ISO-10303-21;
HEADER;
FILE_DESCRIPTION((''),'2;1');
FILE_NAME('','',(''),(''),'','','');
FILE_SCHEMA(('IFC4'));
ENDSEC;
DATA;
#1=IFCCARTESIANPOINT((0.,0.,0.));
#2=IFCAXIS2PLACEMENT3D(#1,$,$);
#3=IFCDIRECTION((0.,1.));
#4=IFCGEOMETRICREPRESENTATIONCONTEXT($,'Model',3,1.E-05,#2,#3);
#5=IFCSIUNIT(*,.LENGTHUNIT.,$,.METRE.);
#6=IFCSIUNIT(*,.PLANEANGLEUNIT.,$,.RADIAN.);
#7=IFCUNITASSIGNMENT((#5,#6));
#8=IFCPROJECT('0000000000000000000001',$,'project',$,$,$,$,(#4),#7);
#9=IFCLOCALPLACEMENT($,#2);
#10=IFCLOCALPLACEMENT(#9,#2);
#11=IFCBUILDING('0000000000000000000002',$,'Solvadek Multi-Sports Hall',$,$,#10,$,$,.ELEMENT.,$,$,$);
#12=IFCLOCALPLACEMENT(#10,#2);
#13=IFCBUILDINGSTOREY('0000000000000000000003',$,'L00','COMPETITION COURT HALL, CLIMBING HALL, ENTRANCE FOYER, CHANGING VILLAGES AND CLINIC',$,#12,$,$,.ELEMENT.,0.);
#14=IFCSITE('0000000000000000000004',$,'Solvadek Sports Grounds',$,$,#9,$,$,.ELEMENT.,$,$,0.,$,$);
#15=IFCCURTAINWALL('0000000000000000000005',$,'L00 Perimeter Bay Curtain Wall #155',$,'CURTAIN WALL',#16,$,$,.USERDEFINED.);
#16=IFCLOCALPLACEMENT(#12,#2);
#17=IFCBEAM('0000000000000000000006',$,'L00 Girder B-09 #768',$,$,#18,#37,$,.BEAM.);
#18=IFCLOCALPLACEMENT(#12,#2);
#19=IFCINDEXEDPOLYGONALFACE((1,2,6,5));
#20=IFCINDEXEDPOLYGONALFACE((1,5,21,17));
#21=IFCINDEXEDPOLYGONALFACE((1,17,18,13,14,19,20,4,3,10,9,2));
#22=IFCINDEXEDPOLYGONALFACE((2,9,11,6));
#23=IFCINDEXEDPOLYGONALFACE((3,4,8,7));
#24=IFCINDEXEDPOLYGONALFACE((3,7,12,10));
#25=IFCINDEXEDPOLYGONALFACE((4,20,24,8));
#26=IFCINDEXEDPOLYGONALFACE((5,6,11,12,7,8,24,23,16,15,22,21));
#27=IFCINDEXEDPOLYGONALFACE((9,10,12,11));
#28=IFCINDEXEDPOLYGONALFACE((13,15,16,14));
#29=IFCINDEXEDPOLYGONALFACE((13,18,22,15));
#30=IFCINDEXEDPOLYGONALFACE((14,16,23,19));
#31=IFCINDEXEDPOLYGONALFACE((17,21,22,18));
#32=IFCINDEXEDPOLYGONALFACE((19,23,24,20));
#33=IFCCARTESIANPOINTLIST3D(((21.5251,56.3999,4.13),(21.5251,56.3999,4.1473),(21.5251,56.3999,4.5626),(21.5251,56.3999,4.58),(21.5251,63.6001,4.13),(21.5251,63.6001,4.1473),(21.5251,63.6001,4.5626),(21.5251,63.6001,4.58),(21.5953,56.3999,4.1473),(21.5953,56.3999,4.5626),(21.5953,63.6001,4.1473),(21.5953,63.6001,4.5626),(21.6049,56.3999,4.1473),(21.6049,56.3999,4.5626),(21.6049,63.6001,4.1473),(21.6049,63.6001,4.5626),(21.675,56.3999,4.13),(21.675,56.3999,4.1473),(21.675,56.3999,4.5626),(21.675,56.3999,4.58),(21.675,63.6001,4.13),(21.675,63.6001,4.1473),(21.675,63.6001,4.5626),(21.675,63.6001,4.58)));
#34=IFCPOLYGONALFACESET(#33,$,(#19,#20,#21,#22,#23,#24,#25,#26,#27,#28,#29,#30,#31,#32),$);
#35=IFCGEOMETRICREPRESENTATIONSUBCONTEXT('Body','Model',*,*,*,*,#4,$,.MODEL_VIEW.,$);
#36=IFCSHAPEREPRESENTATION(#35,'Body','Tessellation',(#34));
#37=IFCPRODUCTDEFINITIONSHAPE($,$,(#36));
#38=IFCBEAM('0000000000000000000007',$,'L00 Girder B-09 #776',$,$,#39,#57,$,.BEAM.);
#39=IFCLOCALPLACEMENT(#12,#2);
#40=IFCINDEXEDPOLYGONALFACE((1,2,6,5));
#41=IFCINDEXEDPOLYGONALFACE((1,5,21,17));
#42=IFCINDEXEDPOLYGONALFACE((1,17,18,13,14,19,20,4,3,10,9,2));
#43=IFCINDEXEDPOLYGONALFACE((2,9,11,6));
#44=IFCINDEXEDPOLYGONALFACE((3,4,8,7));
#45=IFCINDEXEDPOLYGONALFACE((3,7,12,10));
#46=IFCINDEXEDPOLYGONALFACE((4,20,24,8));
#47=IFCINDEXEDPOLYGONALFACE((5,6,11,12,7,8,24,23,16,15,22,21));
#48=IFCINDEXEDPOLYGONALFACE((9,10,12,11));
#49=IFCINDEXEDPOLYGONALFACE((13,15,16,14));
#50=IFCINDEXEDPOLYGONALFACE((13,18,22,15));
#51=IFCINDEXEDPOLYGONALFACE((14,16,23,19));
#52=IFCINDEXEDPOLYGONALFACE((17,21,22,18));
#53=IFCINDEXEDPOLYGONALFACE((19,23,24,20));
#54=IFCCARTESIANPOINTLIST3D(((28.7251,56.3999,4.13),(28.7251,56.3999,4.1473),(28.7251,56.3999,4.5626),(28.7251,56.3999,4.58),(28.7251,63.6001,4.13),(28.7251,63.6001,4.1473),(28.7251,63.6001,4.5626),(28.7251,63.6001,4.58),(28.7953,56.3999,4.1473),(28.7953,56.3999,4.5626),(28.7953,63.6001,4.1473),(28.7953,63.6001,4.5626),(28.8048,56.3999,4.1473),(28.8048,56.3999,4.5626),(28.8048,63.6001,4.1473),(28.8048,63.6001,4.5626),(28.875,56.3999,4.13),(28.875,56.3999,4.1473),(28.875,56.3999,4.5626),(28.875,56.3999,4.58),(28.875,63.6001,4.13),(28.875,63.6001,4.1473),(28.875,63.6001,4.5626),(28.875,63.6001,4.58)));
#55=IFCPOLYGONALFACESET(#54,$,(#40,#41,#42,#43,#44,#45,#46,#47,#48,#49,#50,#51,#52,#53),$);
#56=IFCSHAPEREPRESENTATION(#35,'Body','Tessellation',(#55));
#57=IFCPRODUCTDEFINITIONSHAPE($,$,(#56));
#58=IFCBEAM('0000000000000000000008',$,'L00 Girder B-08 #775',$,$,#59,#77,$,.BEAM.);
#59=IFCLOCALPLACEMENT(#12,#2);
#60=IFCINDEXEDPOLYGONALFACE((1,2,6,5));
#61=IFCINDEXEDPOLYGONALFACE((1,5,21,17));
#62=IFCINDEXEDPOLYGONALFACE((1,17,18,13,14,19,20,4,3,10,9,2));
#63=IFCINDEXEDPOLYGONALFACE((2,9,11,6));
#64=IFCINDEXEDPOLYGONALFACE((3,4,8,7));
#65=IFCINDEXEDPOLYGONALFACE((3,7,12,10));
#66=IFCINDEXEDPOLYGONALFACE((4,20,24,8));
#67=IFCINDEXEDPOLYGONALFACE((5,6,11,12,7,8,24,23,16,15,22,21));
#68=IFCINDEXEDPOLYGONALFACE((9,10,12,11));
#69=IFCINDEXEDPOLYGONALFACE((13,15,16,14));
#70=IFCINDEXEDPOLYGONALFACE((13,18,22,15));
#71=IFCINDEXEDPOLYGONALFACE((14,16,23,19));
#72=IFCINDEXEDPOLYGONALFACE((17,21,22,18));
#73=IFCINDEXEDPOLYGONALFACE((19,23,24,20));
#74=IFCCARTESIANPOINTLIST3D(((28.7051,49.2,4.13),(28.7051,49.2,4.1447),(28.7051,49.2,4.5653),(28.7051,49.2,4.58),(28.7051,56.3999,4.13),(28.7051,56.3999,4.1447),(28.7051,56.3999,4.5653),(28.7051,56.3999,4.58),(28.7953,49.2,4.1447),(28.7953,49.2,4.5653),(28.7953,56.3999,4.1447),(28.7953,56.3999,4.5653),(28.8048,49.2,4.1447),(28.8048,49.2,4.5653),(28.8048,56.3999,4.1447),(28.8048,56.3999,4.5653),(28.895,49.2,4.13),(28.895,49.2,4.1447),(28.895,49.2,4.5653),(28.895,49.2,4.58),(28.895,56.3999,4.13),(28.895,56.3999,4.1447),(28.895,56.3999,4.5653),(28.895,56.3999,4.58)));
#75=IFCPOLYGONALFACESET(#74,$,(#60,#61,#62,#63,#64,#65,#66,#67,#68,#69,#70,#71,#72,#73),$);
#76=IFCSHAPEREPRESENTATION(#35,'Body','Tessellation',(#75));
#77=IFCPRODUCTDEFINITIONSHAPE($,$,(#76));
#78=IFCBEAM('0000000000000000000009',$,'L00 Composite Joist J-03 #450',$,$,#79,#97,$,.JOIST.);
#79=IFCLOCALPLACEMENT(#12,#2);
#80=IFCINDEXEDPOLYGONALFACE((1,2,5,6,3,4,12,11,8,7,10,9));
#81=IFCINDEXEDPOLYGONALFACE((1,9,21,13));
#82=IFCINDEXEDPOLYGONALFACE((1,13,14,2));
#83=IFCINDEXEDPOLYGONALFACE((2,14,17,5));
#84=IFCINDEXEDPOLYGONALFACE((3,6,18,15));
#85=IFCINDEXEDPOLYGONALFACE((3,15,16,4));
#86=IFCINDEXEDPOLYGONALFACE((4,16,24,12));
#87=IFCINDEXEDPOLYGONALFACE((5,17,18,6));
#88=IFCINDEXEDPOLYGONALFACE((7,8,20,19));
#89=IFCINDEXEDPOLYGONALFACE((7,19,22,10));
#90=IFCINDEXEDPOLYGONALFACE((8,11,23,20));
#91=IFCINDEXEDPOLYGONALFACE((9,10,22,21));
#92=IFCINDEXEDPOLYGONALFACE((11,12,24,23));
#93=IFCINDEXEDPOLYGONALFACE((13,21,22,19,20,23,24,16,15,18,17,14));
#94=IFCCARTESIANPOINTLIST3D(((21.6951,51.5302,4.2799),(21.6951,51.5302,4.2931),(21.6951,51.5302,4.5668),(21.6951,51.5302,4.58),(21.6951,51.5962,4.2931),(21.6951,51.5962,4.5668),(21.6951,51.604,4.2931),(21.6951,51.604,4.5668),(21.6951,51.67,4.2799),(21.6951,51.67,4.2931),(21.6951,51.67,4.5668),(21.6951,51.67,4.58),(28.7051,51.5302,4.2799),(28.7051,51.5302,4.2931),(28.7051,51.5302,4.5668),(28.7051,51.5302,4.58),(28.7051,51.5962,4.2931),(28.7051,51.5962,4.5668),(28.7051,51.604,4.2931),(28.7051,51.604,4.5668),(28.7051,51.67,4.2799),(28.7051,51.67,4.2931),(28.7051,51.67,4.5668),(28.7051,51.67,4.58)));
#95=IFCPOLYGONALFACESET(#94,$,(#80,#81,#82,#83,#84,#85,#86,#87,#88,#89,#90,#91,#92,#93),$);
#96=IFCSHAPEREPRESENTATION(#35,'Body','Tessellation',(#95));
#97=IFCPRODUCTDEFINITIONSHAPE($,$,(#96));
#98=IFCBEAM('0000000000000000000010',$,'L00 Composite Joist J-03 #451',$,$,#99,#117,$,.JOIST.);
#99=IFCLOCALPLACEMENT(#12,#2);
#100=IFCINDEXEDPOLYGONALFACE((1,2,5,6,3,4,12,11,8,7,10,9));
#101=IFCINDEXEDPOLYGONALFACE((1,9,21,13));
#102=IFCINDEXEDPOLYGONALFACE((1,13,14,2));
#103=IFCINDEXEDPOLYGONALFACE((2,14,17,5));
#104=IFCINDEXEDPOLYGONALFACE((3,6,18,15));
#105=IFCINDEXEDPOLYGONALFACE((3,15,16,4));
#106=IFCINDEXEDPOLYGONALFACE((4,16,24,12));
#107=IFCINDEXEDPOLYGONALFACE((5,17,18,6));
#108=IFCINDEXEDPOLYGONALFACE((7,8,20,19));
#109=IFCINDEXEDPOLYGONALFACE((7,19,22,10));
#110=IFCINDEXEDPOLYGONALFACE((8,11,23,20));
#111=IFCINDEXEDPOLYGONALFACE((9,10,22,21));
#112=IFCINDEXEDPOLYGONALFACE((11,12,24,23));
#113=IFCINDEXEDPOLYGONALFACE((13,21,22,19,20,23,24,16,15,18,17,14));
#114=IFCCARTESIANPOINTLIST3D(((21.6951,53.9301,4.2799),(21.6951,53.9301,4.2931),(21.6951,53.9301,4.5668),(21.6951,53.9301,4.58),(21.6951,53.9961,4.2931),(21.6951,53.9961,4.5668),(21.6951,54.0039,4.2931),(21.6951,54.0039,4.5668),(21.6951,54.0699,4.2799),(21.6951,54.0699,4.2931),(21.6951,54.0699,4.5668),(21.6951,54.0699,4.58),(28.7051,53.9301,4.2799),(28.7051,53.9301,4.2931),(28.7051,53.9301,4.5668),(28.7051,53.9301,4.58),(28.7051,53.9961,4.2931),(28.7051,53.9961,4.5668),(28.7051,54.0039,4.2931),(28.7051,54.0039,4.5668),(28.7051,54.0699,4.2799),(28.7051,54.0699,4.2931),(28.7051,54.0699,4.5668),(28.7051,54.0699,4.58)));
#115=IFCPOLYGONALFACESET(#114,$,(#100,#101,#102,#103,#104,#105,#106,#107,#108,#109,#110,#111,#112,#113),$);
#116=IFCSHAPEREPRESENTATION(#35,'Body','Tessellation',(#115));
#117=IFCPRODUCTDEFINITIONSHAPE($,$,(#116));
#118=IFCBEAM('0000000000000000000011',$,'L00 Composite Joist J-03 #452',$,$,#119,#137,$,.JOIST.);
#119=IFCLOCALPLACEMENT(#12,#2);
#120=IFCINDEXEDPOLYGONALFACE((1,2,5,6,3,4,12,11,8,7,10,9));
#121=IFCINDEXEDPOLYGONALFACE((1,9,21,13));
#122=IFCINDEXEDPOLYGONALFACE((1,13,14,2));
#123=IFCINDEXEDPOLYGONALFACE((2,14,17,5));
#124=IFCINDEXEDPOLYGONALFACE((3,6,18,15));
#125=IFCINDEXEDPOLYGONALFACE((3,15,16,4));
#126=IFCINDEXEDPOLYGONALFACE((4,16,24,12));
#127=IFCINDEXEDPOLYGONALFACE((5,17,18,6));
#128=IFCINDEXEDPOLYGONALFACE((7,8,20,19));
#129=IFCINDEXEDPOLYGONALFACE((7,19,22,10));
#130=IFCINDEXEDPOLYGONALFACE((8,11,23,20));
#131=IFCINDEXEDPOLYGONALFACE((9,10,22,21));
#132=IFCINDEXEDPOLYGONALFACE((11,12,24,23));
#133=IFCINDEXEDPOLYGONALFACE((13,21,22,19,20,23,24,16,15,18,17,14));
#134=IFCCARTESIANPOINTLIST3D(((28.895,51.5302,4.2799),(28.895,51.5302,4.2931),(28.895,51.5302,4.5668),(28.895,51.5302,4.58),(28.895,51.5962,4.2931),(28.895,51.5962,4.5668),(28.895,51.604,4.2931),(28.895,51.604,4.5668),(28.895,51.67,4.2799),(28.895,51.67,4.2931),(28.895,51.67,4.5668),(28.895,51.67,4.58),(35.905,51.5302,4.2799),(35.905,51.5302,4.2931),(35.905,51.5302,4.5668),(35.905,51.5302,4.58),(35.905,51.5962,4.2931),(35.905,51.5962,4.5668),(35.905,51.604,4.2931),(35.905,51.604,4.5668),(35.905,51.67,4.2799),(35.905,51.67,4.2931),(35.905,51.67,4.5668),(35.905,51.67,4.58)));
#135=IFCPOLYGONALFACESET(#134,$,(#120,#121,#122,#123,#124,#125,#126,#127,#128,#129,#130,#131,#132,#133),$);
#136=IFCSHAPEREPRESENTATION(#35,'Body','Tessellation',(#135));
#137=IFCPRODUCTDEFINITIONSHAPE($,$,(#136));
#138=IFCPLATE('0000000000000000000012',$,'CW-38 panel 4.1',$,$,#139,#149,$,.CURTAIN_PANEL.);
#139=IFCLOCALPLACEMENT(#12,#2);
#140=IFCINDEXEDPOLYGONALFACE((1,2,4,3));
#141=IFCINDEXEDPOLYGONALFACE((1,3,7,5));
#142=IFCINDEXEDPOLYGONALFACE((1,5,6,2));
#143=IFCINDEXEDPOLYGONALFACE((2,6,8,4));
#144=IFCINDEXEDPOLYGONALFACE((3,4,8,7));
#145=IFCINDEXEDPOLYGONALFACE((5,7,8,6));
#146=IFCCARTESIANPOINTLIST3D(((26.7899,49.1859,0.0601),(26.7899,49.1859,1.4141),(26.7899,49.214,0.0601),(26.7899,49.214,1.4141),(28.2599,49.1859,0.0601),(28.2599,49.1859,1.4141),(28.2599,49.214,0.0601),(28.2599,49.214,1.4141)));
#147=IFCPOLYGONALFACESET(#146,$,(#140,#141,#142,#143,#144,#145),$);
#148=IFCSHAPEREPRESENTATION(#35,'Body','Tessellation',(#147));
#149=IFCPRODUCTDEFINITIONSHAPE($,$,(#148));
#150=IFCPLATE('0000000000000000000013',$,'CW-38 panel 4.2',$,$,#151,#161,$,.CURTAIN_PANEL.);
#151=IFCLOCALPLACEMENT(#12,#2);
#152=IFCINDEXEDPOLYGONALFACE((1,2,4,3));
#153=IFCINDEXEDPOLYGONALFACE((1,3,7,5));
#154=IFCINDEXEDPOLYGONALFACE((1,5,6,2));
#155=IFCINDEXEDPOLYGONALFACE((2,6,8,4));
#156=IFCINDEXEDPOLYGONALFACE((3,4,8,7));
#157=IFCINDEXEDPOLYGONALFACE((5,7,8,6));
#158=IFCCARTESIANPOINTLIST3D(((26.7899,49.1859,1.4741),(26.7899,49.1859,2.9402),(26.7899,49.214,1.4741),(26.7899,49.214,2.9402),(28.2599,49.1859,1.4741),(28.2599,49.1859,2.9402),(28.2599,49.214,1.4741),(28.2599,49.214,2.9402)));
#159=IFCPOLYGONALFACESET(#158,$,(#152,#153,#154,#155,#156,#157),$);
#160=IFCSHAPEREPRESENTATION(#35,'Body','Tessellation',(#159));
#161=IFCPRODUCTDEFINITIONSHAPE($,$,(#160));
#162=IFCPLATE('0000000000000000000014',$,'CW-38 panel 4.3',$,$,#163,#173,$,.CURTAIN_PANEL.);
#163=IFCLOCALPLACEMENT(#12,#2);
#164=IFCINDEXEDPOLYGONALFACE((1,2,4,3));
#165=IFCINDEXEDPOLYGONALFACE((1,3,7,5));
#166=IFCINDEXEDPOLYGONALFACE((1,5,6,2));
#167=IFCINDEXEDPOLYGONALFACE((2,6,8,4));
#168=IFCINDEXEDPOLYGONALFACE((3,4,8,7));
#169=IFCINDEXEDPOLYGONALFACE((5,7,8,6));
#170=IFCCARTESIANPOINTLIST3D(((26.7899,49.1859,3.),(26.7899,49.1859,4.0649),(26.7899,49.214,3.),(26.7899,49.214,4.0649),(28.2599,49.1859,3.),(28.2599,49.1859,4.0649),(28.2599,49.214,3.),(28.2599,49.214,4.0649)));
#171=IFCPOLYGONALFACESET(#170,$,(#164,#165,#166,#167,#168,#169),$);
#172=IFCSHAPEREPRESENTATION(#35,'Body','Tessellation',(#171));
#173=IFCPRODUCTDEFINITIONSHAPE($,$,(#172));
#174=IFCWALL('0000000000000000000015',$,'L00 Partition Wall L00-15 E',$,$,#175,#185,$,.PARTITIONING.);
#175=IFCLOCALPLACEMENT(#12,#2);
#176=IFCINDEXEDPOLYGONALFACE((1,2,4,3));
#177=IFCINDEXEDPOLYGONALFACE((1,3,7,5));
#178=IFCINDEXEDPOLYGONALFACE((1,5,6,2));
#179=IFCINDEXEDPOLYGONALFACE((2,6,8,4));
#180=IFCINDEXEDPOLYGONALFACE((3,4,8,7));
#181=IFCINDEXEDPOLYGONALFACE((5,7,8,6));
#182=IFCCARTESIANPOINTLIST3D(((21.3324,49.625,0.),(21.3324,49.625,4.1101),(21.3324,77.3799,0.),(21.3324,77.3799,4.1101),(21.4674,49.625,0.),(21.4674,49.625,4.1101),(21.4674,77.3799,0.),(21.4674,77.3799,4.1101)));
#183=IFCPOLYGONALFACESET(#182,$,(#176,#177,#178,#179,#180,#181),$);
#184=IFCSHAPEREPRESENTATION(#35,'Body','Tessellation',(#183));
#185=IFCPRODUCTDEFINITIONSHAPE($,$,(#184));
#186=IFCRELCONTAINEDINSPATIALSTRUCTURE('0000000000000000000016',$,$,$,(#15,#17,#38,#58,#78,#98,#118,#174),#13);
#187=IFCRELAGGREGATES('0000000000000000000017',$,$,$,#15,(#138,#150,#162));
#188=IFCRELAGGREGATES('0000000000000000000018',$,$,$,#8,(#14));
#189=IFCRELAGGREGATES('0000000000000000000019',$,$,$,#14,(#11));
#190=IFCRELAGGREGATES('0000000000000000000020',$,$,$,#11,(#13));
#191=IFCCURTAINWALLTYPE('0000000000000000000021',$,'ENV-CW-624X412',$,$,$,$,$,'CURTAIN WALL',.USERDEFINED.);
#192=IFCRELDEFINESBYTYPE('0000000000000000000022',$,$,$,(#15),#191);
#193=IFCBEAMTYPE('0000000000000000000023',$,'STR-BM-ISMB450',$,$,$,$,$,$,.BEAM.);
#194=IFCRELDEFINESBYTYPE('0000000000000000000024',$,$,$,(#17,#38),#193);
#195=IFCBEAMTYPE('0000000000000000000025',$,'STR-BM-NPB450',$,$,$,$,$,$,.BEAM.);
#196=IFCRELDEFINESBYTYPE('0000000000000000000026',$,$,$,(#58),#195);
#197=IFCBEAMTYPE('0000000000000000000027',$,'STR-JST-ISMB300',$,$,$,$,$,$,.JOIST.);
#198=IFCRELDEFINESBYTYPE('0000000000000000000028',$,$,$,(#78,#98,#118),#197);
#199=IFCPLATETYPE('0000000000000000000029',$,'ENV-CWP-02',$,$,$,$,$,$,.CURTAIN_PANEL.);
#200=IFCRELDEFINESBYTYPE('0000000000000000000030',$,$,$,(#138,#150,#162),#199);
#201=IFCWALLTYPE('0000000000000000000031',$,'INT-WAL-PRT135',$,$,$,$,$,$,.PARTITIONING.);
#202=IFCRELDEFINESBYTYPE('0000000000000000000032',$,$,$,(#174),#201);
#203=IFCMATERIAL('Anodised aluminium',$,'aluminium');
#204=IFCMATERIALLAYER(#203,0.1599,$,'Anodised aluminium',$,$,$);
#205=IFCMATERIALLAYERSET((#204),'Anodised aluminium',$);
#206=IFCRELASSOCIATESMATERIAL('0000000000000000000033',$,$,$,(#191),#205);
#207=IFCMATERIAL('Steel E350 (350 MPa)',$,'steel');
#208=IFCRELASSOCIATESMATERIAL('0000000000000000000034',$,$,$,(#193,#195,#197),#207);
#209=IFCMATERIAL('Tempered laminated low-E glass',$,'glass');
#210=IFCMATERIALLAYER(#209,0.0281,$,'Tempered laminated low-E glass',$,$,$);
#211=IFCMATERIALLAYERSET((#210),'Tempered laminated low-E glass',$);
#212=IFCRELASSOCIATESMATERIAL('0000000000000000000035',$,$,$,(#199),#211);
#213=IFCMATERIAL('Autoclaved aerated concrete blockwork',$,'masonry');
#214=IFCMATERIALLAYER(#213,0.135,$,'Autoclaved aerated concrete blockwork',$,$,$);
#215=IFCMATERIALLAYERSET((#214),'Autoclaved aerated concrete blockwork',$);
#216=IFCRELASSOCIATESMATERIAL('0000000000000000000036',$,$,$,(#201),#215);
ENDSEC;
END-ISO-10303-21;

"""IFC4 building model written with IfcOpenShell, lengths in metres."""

from ifc_helpers import new_model, si_unit, direction, frame, frame_2d, origin, origin_2d, place, context, subcontext, project, spatial, rectangle, i_section, extrude, material, layer, layer_set, material_profile, profile_set, type_object, element, aggregate, save


model = new_model("IFC4")

# Units and contexts
model_context = context("Model", 3, precision=1e-05, world=origin(), true_north=direction((0.0, 1.0)))
body_context = subcontext(model_context, "Body", "Model", "MODEL_VIEW")
ifc_project = project(units=[si_unit("LENGTHUNIT", "METRE"), si_unit("PLANEANGLEUNIT", "RADIAN")], contexts=[model_context])

# Site, building, storey
site_placement = place(None, origin())
site = spatial("IfcSite", under=ifc_project, at=site_placement, Name="Solvadek Sports Grounds", CompositionType="ELEMENT", RefElevation=0.0)
building_placement = place(site_placement, origin())
building = spatial("IfcBuilding", under=site, at=building_placement, Name="Solvadek Multi-Sports Hall", CompositionType="ELEMENT")
storey_placement = place(building_placement, origin())
storey = spatial("IfcBuildingStorey", under=building, at=storey_placement, Name="L00", Description="COMPETITION COURT HALL, CLIMBING HALL, ENTRANCE FOYER, CHANGING VILLAGES AND CLINIC", CompositionType="ELEMENT", Elevation=0.0)

# Shared definitions
ifc_material_1 = material(Name="Steel E350 (350 MPa)", Category="steel")

# Curtain wall
ifc_material_2 = material(Name="Anodised aluminium", Category="aluminium")
ifc_layer_1 = layer(ifc_material_2, 0.1599, Name="Anodised aluminium")
ifc_layer_set_1 = layer_set([ifc_layer_1], Name="Anodised aluminium")
curtain_wall_type = type_object("IfcCurtainWallType", Name="ENV-CW-624X412", ElementType="CURTAIN WALL", PredefinedType="USERDEFINED", material=ifc_layer_set_1)
curtain_wall_placement = place(storey_placement, origin())
curtain_wall = element("IfcCurtainWall", 1, at=curtain_wall_placement, inside=storey, type_object=curtain_wall_type, Name="L00 Perimeter Bay Curtain Wall #155", ObjectType="CURTAIN WALL", PredefinedType="USERDEFINED")

# Beams
ifc_material_profile_1 = material_profile(ifc_material_1, i_section(OverallWidth=0.1499, OverallDepth=0.45, WebThickness=0.0095, FlangeThickness=0.0173, at=origin_2d()), Name="ISMB 450")
ifc_profile_set_1 = profile_set([ifc_material_profile_1], Name="Steel E350 (350 MPa)")
beam_type_1 = type_object("IfcBeamType", Name="STR-BM-ISMB450", PredefinedType="BEAM", material=ifc_profile_set_1)
for number, where, z_axis, x_axis, name in (
    (2, (21.6001, 56.3999, 4.355), (0.0, 1.0, 0.0), (-1.0, 0.0, 0.0), "L00 Girder B-09 #768"),
    (3, (28.8, 56.3999, 4.355), (0.0, 1.0, 0.0), (-1.0, 0.0, 0.0), "L00 Girder B-09 #776"),
):
    element("IfcBeam", number, at=place(storey_placement, frame(where, z_axis=z_axis, x_axis=x_axis)), inside=storey, type_object=beam_type_1, Name=name, PredefinedType="BEAM", context=body_context, shape_type="SweptSolid", body=[
        extrude(i_section(OverallWidth=0.1499, OverallDepth=0.45, WebThickness=0.0095, FlangeThickness=0.0173, at=origin_2d()), origin(), (0.0, 0.0, 1.0), 7.2002),
    ])
ifc_material_profile_2 = material_profile(ifc_material_1, i_section(OverallWidth=0.1899, OverallDepth=0.45, WebThickness=0.0095, FlangeThickness=0.0146, at=origin_2d()), Name="NPB 450")
ifc_profile_set_2 = profile_set([ifc_material_profile_2], Name="Steel E350 (350 MPa)")
beam_type_2 = type_object("IfcBeamType", Name="STR-BM-NPB450", PredefinedType="BEAM", material=ifc_profile_set_2)
beam_placement = place(storey_placement, frame((28.8, 49.2, 4.355), z_axis=(0.0, 1.0, 0.0), x_axis=(-1.0, 0.0, 0.0)))
element("IfcBeam", 4, at=beam_placement, inside=storey, type_object=beam_type_2, Name="L00 Girder B-08 #775", PredefinedType="BEAM", context=body_context, shape_type="SweptSolid", body=[
    extrude(i_section(OverallWidth=0.1899, OverallDepth=0.45, WebThickness=0.0095, FlangeThickness=0.0146, at=origin_2d()), origin(), (0.0, 0.0, 1.0), 7.2),
])
ifc_material_profile_3 = material_profile(ifc_material_1, i_section(OverallWidth=0.1399, OverallDepth=0.3, WebThickness=0.0078, FlangeThickness=0.0132, at=origin_2d()), Name="ISMB 300")
ifc_profile_set_3 = profile_set([ifc_material_profile_3], Name="Steel E350 (350 MPa)")
beam_type_3 = type_object("IfcBeamType", Name="STR-JST-ISMB300", PredefinedType="JOIST", material=ifc_profile_set_3)
for number, where, z_axis, x_axis, name in (
    (5, (21.6951, 51.6001, 4.4299), (1.0, 0.0, 0.0), (0.0, 1.0, 0.0), "L00 Composite Joist J-03 #450"),
    (6, (21.6951, 54.0, 4.4299), (1.0, 0.0, 0.0), (0.0, 1.0, 0.0), "L00 Composite Joist J-03 #451"),
    (7, (28.895, 51.6001, 4.4299), (1.0, 0.0, 0.0), (0.0, 1.0, 0.0), "L00 Composite Joist J-03 #452"),
):
    element("IfcBeam", number, at=place(storey_placement, frame(where, z_axis=z_axis, x_axis=x_axis)), inside=storey, type_object=beam_type_3, Name=name, PredefinedType="JOIST", context=body_context, shape_type="SweptSolid", body=[
        extrude(i_section(OverallWidth=0.1399, OverallDepth=0.3, WebThickness=0.0078, FlangeThickness=0.0132, at=origin_2d()), origin(), (0.0, 0.0, 1.0), 7.01),
    ])

# Plates
ifc_material_3 = material(Name="Tempered laminated low-E glass", Category="glass")
ifc_layer_2 = layer(ifc_material_3, 0.0281, Name="Tempered laminated low-E glass")
ifc_layer_set_2 = layer_set([ifc_layer_2], Name="Tempered laminated low-E glass")
plate_type = type_object("IfcPlateType", Name="ENV-CWP-02", PredefinedType="CURTAIN_PANEL", material=ifc_layer_set_2)
plate_1_placement = place(storey_placement, frame((27.5249, 49.2, 0.0601), z_axis=(0.0, 0.0, 1.0), x_axis=(1.0, 0.0, 0.0)))
plate_1 = element("IfcPlate", 8, at=plate_1_placement, type_object=plate_type, Name="CW-38 panel 4.1", PredefinedType="CURTAIN_PANEL", context=body_context, shape_type="SweptSolid", body=[
    extrude(rectangle(XDim=1.47, YDim=0.0281, at=origin_2d()), origin(), (0.0, 0.0, 1.0), 1.354),
])
plate_2_placement = place(storey_placement, frame((27.5249, 49.2, 1.4741), z_axis=(0.0, 0.0, 1.0), x_axis=(1.0, 0.0, 0.0)))
plate_2 = element("IfcPlate", 9, at=plate_2_placement, type_object=plate_type, Name="CW-38 panel 4.2", PredefinedType="CURTAIN_PANEL", context=body_context, shape_type="SweptSolid", body=[
    extrude(rectangle(XDim=1.47, YDim=0.0281, at=origin_2d()), origin(), (0.0, 0.0, 1.0), 1.4661),
])
plate_3_placement = place(storey_placement, frame((27.5249, 49.2, 3.0), z_axis=(0.0, 0.0, 1.0), x_axis=(1.0, 0.0, 0.0)))
plate_3 = element("IfcPlate", 10, at=plate_3_placement, type_object=plate_type, Name="CW-38 panel 4.3", PredefinedType="CURTAIN_PANEL", context=body_context, shape_type="SweptSolid", body=[
    extrude(rectangle(XDim=1.47, YDim=0.0281, at=origin_2d()), origin(), (0.0, 0.0, 1.0), 1.0649),
])
aggregate(curtain_wall, [plate_1, plate_2, plate_3])

# Wall
ifc_material_4 = material(Name="Autoclaved aerated concrete blockwork", Category="masonry")
ifc_layer_3 = layer(ifc_material_4, 0.135, Name="Autoclaved aerated concrete blockwork")
ifc_layer_set_3 = layer_set([ifc_layer_3], Name="Autoclaved aerated concrete blockwork")
wall_type = type_object("IfcWallType", Name="INT-WAL-PRT135", PredefinedType="PARTITIONING", material=ifc_layer_set_3)
wall_placement = place(storey_placement, frame((21.3999, 49.625, 0.0), z_axis=(0.0, 0.0, 1.0), x_axis=(0.0, 1.0, 0.0)))
element("IfcWall", 11, at=wall_placement, inside=storey, type_object=wall_type, Name="L00 Partition Wall L00-15 E", PredefinedType="PARTITIONING", context=body_context, shape_type="SweptSolid", body=[
    extrude(rectangle(XDim=27.7549, YDim=0.135, at=frame_2d((13.8774, 0.0))), origin(), (0.0, 0.0, 1.0), 4.1101),
])

save(model, "model.ifc")
